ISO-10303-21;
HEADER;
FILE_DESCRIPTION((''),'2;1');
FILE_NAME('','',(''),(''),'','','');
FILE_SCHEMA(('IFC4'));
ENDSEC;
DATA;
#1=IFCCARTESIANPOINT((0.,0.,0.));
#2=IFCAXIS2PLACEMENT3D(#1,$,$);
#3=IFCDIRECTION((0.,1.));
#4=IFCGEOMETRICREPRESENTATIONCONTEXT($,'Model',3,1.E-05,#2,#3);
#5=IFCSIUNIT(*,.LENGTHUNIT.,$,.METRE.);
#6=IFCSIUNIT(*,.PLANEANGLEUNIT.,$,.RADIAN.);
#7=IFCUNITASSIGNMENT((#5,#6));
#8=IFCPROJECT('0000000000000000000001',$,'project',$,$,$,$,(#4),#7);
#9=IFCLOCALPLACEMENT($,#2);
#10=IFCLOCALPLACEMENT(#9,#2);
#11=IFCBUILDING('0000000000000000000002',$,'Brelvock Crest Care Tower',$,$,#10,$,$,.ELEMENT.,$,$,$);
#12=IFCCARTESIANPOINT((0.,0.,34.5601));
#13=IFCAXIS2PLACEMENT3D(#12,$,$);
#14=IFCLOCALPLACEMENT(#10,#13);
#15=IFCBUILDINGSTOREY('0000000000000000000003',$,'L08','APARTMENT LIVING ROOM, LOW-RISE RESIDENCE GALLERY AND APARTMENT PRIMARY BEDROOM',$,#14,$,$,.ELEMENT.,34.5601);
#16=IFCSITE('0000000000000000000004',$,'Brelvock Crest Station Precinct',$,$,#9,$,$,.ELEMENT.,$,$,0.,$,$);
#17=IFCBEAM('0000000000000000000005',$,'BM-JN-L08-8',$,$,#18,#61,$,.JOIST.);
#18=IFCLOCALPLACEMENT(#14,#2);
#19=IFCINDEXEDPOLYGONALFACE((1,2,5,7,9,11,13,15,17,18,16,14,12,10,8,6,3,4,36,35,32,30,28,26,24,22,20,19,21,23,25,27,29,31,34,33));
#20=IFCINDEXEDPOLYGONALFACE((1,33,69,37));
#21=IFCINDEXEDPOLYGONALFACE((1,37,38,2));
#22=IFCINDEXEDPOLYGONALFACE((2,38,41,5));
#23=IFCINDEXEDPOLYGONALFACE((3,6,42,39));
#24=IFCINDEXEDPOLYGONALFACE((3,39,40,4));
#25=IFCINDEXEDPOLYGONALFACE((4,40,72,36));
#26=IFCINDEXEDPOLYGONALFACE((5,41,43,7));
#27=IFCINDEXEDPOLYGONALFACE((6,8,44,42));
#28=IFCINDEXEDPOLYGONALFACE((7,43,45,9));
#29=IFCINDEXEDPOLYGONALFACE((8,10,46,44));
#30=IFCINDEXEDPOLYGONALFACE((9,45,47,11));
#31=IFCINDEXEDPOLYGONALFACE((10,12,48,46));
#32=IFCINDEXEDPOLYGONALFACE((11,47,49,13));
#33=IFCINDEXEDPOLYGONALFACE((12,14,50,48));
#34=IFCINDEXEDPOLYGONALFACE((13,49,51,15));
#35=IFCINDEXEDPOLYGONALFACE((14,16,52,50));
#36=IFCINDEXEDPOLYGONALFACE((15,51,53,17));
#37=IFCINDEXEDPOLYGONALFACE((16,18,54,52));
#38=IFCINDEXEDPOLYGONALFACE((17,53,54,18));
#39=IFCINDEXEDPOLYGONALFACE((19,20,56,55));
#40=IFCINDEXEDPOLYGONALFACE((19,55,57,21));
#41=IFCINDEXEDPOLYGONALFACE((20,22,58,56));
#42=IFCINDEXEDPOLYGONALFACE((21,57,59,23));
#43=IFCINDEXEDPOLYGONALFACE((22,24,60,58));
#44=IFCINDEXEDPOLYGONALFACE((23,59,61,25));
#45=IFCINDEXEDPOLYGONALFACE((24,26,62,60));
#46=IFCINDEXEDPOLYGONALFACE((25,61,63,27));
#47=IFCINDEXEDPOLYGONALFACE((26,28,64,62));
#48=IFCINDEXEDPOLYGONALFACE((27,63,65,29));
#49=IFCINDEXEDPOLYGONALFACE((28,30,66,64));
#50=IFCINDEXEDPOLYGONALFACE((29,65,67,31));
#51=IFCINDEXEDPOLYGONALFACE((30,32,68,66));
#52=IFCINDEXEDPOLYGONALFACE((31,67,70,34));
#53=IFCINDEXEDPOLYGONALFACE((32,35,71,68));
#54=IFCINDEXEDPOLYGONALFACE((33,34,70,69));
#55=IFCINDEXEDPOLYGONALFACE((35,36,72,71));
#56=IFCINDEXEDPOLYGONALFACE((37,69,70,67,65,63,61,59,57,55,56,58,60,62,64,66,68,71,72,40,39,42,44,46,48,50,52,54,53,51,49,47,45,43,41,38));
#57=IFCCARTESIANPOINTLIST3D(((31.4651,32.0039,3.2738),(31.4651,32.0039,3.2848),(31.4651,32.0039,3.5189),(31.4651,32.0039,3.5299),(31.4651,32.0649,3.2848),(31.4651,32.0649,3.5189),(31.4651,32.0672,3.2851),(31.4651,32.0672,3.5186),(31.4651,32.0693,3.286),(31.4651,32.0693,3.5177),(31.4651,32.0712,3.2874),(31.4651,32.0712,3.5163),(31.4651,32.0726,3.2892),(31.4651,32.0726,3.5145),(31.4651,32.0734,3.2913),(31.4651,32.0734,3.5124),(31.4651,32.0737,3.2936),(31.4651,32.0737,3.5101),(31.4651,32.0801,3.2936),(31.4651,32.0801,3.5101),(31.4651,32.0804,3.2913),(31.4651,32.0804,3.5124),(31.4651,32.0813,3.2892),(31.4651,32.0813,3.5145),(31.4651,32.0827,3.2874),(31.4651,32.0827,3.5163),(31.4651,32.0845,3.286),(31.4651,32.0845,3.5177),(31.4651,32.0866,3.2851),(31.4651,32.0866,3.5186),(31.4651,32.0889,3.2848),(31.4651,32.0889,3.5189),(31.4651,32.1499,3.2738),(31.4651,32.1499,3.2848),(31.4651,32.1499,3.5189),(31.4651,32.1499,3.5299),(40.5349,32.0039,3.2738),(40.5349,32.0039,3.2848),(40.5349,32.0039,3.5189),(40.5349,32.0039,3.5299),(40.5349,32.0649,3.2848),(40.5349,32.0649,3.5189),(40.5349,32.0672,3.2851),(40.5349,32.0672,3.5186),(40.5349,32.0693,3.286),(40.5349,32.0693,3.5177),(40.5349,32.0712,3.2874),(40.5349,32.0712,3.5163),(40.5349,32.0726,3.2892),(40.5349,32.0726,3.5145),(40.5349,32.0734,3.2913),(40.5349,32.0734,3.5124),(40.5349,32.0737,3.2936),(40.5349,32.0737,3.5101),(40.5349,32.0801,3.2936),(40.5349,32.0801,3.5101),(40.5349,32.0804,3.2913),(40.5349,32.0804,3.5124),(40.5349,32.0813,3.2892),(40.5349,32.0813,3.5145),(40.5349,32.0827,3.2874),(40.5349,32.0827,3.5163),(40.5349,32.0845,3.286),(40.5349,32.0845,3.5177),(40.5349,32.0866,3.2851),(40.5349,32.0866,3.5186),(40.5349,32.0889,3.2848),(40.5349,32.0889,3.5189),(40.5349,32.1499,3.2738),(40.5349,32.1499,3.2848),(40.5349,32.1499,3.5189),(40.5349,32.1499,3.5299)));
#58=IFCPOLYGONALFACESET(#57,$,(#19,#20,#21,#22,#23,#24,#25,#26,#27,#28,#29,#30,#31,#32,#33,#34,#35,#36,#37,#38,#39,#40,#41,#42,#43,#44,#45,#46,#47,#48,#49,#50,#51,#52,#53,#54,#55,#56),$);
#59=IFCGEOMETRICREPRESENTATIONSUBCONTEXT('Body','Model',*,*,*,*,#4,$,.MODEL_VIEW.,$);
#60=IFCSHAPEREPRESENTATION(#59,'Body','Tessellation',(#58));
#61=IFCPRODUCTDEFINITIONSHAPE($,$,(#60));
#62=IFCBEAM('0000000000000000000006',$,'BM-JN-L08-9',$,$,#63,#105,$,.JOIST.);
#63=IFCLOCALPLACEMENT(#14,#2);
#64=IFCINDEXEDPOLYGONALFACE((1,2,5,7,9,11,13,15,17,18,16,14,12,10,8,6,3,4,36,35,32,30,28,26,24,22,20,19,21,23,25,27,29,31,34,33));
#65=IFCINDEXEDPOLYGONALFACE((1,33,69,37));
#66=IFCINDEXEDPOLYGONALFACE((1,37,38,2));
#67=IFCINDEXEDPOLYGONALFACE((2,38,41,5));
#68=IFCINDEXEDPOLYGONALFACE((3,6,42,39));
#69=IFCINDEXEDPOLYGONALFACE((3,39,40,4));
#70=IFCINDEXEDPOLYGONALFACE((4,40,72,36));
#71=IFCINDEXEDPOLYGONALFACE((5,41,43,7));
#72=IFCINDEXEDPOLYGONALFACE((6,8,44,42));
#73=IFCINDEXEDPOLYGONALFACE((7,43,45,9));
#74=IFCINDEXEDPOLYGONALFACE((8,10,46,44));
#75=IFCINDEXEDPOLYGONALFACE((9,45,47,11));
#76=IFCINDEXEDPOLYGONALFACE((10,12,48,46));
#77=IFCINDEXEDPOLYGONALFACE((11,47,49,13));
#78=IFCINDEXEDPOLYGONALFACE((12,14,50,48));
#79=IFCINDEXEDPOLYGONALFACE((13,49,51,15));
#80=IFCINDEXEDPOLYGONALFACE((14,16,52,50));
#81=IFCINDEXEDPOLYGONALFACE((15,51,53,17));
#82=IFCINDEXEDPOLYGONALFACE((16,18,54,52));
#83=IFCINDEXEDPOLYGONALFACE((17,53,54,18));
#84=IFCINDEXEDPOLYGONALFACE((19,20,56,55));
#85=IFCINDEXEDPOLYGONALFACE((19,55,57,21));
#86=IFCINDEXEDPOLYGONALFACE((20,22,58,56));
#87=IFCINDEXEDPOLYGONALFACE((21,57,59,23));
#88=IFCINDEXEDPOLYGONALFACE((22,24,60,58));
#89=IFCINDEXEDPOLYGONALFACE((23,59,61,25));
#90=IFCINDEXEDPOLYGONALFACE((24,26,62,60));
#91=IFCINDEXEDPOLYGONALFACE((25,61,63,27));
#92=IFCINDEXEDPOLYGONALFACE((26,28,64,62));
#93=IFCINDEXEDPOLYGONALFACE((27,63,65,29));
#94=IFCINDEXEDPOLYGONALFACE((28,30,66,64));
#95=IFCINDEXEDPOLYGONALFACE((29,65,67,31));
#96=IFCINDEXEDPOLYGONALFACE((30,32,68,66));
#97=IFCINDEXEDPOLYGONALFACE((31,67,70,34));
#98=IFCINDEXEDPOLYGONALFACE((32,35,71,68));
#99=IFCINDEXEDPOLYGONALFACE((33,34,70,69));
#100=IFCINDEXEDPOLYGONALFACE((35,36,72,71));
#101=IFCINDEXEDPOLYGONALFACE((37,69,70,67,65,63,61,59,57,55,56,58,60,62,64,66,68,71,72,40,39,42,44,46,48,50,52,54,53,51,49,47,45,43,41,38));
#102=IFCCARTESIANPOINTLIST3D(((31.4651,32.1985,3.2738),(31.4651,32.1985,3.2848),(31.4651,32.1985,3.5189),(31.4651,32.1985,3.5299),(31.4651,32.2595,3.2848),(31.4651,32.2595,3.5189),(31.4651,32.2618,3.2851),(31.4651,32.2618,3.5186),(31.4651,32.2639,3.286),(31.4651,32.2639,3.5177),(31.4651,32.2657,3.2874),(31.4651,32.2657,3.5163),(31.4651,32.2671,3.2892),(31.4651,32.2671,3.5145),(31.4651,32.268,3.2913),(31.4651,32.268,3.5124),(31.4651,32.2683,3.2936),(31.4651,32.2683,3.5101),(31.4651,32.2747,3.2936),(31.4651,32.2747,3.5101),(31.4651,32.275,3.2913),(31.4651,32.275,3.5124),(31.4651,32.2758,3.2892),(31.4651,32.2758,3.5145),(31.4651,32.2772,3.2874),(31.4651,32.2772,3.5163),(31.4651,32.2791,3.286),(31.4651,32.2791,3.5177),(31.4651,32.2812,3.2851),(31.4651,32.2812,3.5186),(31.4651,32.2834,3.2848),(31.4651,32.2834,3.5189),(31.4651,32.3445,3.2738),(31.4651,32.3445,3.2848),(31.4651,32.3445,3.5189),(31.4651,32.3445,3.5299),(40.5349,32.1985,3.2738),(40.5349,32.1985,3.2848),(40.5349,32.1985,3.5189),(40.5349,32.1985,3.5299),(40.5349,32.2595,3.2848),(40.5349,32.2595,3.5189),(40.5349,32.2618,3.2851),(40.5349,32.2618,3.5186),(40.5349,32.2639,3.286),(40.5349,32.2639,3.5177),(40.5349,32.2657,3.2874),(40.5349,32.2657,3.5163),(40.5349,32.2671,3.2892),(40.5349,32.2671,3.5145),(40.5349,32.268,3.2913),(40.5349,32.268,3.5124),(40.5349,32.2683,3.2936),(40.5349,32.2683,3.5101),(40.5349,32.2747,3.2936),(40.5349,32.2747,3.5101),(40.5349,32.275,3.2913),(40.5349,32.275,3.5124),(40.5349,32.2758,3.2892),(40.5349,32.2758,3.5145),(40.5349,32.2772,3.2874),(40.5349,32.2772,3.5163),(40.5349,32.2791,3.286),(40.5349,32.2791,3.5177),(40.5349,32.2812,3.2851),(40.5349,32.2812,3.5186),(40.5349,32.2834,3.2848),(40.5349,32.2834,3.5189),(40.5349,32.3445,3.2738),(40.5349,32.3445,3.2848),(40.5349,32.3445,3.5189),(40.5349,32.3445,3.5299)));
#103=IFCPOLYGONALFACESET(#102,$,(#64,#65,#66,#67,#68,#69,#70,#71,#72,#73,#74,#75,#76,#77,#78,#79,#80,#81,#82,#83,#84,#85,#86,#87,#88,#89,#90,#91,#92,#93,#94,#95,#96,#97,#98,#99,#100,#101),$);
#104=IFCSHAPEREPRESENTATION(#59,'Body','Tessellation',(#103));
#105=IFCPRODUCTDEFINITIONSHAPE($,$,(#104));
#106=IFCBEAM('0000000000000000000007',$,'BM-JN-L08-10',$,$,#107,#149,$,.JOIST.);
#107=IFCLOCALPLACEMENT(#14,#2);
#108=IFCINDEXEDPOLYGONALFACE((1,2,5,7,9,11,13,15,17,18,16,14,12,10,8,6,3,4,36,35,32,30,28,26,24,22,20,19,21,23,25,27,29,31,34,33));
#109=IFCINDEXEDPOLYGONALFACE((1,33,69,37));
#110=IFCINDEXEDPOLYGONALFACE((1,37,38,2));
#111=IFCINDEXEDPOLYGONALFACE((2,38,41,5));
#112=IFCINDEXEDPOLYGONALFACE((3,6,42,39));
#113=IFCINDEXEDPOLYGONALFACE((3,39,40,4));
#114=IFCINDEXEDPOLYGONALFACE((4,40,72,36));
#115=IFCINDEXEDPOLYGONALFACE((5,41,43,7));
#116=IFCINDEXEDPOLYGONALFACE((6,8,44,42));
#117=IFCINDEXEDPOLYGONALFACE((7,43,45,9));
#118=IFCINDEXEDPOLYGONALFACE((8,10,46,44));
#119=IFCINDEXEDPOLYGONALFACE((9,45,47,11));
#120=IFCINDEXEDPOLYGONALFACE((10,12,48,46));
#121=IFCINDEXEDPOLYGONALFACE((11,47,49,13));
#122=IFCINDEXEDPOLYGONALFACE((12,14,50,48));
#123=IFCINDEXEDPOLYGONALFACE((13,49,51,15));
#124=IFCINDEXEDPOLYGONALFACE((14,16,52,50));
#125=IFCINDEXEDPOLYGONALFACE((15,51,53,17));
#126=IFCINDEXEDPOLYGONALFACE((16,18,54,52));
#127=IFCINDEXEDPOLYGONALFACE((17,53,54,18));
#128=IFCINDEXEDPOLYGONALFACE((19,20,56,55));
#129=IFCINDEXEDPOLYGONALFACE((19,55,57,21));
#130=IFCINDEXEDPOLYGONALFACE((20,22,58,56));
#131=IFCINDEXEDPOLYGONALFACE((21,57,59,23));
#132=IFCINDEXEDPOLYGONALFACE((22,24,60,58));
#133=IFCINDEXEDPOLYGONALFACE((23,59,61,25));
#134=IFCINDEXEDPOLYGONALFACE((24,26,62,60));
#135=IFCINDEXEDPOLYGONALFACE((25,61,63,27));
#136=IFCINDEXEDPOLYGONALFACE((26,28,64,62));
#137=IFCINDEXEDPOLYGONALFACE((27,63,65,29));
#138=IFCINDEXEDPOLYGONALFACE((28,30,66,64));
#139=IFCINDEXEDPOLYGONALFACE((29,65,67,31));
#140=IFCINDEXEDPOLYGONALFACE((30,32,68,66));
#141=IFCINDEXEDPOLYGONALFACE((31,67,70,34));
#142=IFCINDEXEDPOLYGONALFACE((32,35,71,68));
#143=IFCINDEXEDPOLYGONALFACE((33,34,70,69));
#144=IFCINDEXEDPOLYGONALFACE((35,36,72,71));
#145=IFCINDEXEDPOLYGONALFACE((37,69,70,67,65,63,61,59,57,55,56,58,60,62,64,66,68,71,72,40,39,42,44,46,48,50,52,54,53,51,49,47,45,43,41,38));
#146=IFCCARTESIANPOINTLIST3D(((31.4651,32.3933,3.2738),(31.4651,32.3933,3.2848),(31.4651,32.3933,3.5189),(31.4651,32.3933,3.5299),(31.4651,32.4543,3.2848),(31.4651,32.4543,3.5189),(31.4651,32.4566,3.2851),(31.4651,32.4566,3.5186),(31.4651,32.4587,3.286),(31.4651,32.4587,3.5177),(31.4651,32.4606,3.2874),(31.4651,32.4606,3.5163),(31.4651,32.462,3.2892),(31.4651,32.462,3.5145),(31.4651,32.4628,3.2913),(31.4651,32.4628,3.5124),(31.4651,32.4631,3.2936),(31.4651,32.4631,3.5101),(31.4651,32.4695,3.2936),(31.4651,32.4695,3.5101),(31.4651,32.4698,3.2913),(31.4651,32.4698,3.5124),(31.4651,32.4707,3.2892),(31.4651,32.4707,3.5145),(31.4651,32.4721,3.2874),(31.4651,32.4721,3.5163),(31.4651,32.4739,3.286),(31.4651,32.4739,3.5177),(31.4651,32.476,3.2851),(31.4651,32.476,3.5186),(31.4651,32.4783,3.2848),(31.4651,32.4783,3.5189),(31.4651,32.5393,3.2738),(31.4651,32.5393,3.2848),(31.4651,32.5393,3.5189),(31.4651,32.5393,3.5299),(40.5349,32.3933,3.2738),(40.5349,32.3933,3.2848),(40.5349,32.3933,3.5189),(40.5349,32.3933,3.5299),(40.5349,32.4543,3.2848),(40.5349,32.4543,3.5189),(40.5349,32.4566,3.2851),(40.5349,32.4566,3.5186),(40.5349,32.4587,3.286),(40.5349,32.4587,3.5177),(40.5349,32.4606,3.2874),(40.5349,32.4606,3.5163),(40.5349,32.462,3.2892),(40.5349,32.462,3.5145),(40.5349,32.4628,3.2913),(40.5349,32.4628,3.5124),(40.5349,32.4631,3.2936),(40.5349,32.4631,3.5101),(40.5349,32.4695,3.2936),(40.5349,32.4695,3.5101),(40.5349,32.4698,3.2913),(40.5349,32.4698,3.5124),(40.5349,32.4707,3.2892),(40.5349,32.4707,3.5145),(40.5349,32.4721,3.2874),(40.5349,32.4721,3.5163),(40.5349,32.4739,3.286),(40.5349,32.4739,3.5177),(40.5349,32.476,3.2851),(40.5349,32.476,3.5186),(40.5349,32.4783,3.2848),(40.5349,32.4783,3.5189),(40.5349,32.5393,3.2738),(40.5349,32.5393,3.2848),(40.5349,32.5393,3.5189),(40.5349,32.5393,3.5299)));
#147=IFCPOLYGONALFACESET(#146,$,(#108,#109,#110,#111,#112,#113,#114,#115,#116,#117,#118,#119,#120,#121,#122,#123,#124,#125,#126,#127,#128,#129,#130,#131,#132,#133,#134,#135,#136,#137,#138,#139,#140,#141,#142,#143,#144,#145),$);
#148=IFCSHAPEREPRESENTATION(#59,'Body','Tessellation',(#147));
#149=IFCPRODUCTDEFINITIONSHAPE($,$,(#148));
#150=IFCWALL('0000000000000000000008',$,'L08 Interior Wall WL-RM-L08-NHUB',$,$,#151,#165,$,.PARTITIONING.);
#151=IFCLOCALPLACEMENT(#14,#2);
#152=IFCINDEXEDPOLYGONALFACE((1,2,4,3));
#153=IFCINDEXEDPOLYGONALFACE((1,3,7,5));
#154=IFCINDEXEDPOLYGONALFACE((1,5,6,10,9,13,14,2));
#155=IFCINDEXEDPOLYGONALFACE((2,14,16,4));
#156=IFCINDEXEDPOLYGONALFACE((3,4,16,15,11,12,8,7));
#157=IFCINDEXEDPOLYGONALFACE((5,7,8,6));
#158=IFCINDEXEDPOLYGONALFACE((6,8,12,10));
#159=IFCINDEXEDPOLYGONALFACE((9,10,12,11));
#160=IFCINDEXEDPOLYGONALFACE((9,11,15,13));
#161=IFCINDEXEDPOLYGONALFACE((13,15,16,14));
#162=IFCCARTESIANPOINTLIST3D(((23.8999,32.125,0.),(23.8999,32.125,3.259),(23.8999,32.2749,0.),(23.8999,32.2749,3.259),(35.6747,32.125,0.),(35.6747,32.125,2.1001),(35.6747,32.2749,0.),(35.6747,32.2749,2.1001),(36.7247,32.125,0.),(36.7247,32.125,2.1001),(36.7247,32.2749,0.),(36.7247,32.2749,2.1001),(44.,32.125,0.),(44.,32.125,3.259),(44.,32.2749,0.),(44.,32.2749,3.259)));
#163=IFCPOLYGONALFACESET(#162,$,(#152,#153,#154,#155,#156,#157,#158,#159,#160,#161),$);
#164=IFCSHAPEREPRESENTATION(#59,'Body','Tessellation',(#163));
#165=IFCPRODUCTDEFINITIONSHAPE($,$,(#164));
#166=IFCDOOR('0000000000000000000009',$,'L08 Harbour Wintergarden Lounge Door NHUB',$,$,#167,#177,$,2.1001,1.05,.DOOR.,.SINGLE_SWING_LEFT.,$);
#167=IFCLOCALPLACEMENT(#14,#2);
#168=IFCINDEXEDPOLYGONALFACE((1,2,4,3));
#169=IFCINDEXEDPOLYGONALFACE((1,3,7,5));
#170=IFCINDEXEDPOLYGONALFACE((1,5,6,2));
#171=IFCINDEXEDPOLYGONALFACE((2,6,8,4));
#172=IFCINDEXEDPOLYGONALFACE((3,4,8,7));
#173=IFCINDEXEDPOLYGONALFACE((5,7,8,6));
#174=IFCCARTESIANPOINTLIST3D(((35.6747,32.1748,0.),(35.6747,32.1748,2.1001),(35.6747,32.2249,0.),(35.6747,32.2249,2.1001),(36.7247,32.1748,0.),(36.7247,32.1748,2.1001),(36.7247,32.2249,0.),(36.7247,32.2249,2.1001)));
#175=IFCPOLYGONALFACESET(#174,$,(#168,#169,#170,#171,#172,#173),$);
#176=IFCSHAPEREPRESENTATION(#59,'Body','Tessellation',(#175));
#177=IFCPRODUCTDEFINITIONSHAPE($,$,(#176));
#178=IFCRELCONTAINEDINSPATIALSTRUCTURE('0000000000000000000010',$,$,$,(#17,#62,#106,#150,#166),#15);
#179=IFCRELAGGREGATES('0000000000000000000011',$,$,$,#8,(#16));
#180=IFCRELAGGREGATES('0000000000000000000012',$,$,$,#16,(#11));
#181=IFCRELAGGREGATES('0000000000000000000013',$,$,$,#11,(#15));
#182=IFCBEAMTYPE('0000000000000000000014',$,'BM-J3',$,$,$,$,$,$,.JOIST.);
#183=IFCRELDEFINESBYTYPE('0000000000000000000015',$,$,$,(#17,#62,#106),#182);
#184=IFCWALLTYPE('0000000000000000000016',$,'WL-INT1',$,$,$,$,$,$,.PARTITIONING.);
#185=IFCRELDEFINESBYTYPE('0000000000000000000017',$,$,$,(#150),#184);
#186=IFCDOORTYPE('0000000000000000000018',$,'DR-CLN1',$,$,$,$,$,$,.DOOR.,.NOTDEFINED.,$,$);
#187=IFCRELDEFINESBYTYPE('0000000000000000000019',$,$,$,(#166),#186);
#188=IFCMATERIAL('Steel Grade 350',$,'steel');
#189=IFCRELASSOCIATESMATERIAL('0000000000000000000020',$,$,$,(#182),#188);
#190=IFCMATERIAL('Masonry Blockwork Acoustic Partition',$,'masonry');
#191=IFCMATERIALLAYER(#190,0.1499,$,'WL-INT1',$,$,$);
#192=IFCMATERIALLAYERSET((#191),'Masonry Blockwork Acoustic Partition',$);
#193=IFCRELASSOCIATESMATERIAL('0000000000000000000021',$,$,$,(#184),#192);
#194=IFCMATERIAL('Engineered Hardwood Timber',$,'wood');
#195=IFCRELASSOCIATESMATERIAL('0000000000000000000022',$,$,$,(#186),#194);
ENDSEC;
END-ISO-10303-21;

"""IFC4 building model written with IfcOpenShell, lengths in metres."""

from ifc_helpers import new_model, si_unit, direction, frame, frame_2d, origin, origin_2d, place, context, subcontext, project, spatial, rectangle, i_section, extrude, source, transform, mapped, material, layer, layer_set, material_profile, profile_set, type_object, element, fill, save


model = new_model("IFC4")

# Units and contexts
model_context = context("Model", 3, precision=1e-05, world=origin(), true_north=direction((0.0, 1.0)))
body_context = subcontext(model_context, "Body", "Model", "MODEL_VIEW")
ifc_project = project(units=[si_unit("LENGTHUNIT", "METRE"), si_unit("PLANEANGLEUNIT", "RADIAN")], contexts=[model_context])

# Site, building, storey
site_placement = place(None, origin())
site = spatial("IfcSite", under=ifc_project, at=site_placement, Name="Brelvock Crest Station Precinct", CompositionType="ELEMENT", RefElevation=0.0)
building_placement = place(site_placement, origin())
building = spatial("IfcBuilding", under=site, at=building_placement, Name="Brelvock Crest Care Tower", CompositionType="ELEMENT")
storey_placement = place(building_placement, frame((0.0, 0.0, 34.5601)))
storey = spatial("IfcBuildingStorey", under=building, at=storey_placement, Name="L08", Description="APARTMENT LIVING ROOM, LOW-RISE RESIDENCE GALLERY AND APARTMENT PRIMARY BEDROOM", CompositionType="ELEMENT", Elevation=34.5601)

# Beams
ifc_material_1 = material(Name="Steel Grade 350", Category="steel")
ifc_material_profile = material_profile(ifc_material_1, i_section(OverallWidth=0.146, OverallDepth=0.2561, WebThickness=0.0063, FlangeThickness=0.011, FilletRadius=0.0088, at=origin_2d()), Name="250UB37.3")
ifc_profile_set = profile_set([ifc_material_profile], Name="Steel Grade 350")
beam_type = type_object("IfcBeamType", Name="BM-J3", PredefinedType="JOIST", material=ifc_profile_set)
shared_shape_1 = source(origin(), body_context, "Body", "SweptSolid", [
    extrude(i_section(OverallWidth=0.146, OverallDepth=0.2561, WebThickness=0.0063, FlangeThickness=0.011, FilletRadius=0.0088, at=origin_2d()), origin(), (0.0, 0.0, 1.0), 9.0698),
])
for number, where, z_axis, x_axis, name in (
    (1, (31.4651, 32.0769, 3.4019), (1.0, 0.0, 0.0), (0.0, 1.0, 0.0), "BM-JN-L08-8"),
    (2, (31.4651, 32.2715, 3.4019), (1.0, 0.0, 0.0), (0.0, 1.0, 0.0), "BM-JN-L08-9"),
    (3, (31.4651, 32.4663, 3.4019), (1.0, 0.0, 0.0), (0.0, 1.0, 0.0), "BM-JN-L08-10"),
):
    element("IfcBeam", number, at=place(storey_placement, frame(where, z_axis=z_axis, x_axis=x_axis)), inside=storey, type_object=beam_type, Name=name, PredefinedType="JOIST", context=body_context, shape_type="MappedRepresentation", body=[
        mapped(shared_shape_1, transform((0.0, 0.0, 0.0), x_axis=(1.0, 0.0, 0.0), y_axis=(0.0, 1.0, 0.0), z_axis=(0.0, 0.0, 1.0), scale=1.0)),
    ])

# Wall, opening, door
ifc_material_2 = material(Name="Masonry Blockwork Acoustic Partition", Category="masonry")
ifc_layer_1 = layer(ifc_material_2, 0.1499, Name="WL-INT1")
ifc_layer_set_1 = layer_set([ifc_layer_1], Name="Masonry Blockwork Acoustic Partition")
wall_type_1 = type_object("IfcWallType", Name="WL-INT1", PredefinedType="PARTITIONING", material=ifc_layer_set_1)
wall_1_placement = place(storey_placement, frame((23.8999, 32.2, 0.0), z_axis=(0.0, 0.0, 1.0), x_axis=(1.0, 0.0, 0.0)))
wall_1 = element("IfcWall", 4, at=wall_1_placement, inside=storey, type_object=wall_type_1, Name="L08 Interior Wall WL-RM-L08-NHUB", PredefinedType="PARTITIONING", context=body_context, shape_type="SweptSolid", body=[
    extrude(rectangle(XDim=20.1001, YDim=0.1499, at=frame_2d((10.05, 0.0))), origin(), (0.0, 0.0, 1.0), 3.259),
])
opening_1_placement = place(wall_1_placement, frame((11.7749, 0.0, 0.0)))
opening_1 = element("IfcOpeningElement", 5, at=opening_1_placement, cuts=wall_1, PredefinedType="OPENING", context=body_context, shape_type="SweptSolid", body=[
    extrude(rectangle(XDim=1.05, YDim=2.1001, at=origin_2d()), frame((0.5249, 0.085, 1.05), z_axis=(0.0, -1.0, 0.0), x_axis=(1.0, 0.0, 0.0)), (0.0, 0.0, 1.0), 0.1699),
])
ifc_material_3 = material(Name="Engineered Hardwood Timber", Category="wood")
door_type_1 = type_object("IfcDoorType", Name="DR-CLN1", OperationType="NOTDEFINED", PredefinedType="DOOR", material=ifc_material_3)
shared_shape_2 = source(origin(), body_context, "Body", "SweptSolid", [
    extrude(rectangle(XDim=1.05, YDim=2.1001, at=origin_2d()), frame((0.5249, 0.0249, 1.05), z_axis=(0.0, -1.0, 0.0), x_axis=(1.0, 0.0, 0.0)), (0.0, 0.0, 1.0), 0.05),
])
door_1_placement = place(opening_1_placement, origin())
door_1 = element("IfcDoor", 6, at=door_1_placement, inside=storey, type_object=door_type_1, Name="L08 Harbour Wintergarden Lounge Door NHUB", OperationType="SINGLE_SWING_LEFT", OverallHeight=2.1001, OverallWidth=1.05, PredefinedType="DOOR", context=body_context, shape_type="MappedRepresentation", body=[
    mapped(shared_shape_2, transform((0.0, 0.0, 0.0), x_axis=(1.0, 0.0, 0.0), y_axis=(0.0, 1.0, 0.0), z_axis=(0.0, 0.0, 1.0), scale=1.0)),
])
fill(opening_1, door_1)

save(model, "model.ifc")
